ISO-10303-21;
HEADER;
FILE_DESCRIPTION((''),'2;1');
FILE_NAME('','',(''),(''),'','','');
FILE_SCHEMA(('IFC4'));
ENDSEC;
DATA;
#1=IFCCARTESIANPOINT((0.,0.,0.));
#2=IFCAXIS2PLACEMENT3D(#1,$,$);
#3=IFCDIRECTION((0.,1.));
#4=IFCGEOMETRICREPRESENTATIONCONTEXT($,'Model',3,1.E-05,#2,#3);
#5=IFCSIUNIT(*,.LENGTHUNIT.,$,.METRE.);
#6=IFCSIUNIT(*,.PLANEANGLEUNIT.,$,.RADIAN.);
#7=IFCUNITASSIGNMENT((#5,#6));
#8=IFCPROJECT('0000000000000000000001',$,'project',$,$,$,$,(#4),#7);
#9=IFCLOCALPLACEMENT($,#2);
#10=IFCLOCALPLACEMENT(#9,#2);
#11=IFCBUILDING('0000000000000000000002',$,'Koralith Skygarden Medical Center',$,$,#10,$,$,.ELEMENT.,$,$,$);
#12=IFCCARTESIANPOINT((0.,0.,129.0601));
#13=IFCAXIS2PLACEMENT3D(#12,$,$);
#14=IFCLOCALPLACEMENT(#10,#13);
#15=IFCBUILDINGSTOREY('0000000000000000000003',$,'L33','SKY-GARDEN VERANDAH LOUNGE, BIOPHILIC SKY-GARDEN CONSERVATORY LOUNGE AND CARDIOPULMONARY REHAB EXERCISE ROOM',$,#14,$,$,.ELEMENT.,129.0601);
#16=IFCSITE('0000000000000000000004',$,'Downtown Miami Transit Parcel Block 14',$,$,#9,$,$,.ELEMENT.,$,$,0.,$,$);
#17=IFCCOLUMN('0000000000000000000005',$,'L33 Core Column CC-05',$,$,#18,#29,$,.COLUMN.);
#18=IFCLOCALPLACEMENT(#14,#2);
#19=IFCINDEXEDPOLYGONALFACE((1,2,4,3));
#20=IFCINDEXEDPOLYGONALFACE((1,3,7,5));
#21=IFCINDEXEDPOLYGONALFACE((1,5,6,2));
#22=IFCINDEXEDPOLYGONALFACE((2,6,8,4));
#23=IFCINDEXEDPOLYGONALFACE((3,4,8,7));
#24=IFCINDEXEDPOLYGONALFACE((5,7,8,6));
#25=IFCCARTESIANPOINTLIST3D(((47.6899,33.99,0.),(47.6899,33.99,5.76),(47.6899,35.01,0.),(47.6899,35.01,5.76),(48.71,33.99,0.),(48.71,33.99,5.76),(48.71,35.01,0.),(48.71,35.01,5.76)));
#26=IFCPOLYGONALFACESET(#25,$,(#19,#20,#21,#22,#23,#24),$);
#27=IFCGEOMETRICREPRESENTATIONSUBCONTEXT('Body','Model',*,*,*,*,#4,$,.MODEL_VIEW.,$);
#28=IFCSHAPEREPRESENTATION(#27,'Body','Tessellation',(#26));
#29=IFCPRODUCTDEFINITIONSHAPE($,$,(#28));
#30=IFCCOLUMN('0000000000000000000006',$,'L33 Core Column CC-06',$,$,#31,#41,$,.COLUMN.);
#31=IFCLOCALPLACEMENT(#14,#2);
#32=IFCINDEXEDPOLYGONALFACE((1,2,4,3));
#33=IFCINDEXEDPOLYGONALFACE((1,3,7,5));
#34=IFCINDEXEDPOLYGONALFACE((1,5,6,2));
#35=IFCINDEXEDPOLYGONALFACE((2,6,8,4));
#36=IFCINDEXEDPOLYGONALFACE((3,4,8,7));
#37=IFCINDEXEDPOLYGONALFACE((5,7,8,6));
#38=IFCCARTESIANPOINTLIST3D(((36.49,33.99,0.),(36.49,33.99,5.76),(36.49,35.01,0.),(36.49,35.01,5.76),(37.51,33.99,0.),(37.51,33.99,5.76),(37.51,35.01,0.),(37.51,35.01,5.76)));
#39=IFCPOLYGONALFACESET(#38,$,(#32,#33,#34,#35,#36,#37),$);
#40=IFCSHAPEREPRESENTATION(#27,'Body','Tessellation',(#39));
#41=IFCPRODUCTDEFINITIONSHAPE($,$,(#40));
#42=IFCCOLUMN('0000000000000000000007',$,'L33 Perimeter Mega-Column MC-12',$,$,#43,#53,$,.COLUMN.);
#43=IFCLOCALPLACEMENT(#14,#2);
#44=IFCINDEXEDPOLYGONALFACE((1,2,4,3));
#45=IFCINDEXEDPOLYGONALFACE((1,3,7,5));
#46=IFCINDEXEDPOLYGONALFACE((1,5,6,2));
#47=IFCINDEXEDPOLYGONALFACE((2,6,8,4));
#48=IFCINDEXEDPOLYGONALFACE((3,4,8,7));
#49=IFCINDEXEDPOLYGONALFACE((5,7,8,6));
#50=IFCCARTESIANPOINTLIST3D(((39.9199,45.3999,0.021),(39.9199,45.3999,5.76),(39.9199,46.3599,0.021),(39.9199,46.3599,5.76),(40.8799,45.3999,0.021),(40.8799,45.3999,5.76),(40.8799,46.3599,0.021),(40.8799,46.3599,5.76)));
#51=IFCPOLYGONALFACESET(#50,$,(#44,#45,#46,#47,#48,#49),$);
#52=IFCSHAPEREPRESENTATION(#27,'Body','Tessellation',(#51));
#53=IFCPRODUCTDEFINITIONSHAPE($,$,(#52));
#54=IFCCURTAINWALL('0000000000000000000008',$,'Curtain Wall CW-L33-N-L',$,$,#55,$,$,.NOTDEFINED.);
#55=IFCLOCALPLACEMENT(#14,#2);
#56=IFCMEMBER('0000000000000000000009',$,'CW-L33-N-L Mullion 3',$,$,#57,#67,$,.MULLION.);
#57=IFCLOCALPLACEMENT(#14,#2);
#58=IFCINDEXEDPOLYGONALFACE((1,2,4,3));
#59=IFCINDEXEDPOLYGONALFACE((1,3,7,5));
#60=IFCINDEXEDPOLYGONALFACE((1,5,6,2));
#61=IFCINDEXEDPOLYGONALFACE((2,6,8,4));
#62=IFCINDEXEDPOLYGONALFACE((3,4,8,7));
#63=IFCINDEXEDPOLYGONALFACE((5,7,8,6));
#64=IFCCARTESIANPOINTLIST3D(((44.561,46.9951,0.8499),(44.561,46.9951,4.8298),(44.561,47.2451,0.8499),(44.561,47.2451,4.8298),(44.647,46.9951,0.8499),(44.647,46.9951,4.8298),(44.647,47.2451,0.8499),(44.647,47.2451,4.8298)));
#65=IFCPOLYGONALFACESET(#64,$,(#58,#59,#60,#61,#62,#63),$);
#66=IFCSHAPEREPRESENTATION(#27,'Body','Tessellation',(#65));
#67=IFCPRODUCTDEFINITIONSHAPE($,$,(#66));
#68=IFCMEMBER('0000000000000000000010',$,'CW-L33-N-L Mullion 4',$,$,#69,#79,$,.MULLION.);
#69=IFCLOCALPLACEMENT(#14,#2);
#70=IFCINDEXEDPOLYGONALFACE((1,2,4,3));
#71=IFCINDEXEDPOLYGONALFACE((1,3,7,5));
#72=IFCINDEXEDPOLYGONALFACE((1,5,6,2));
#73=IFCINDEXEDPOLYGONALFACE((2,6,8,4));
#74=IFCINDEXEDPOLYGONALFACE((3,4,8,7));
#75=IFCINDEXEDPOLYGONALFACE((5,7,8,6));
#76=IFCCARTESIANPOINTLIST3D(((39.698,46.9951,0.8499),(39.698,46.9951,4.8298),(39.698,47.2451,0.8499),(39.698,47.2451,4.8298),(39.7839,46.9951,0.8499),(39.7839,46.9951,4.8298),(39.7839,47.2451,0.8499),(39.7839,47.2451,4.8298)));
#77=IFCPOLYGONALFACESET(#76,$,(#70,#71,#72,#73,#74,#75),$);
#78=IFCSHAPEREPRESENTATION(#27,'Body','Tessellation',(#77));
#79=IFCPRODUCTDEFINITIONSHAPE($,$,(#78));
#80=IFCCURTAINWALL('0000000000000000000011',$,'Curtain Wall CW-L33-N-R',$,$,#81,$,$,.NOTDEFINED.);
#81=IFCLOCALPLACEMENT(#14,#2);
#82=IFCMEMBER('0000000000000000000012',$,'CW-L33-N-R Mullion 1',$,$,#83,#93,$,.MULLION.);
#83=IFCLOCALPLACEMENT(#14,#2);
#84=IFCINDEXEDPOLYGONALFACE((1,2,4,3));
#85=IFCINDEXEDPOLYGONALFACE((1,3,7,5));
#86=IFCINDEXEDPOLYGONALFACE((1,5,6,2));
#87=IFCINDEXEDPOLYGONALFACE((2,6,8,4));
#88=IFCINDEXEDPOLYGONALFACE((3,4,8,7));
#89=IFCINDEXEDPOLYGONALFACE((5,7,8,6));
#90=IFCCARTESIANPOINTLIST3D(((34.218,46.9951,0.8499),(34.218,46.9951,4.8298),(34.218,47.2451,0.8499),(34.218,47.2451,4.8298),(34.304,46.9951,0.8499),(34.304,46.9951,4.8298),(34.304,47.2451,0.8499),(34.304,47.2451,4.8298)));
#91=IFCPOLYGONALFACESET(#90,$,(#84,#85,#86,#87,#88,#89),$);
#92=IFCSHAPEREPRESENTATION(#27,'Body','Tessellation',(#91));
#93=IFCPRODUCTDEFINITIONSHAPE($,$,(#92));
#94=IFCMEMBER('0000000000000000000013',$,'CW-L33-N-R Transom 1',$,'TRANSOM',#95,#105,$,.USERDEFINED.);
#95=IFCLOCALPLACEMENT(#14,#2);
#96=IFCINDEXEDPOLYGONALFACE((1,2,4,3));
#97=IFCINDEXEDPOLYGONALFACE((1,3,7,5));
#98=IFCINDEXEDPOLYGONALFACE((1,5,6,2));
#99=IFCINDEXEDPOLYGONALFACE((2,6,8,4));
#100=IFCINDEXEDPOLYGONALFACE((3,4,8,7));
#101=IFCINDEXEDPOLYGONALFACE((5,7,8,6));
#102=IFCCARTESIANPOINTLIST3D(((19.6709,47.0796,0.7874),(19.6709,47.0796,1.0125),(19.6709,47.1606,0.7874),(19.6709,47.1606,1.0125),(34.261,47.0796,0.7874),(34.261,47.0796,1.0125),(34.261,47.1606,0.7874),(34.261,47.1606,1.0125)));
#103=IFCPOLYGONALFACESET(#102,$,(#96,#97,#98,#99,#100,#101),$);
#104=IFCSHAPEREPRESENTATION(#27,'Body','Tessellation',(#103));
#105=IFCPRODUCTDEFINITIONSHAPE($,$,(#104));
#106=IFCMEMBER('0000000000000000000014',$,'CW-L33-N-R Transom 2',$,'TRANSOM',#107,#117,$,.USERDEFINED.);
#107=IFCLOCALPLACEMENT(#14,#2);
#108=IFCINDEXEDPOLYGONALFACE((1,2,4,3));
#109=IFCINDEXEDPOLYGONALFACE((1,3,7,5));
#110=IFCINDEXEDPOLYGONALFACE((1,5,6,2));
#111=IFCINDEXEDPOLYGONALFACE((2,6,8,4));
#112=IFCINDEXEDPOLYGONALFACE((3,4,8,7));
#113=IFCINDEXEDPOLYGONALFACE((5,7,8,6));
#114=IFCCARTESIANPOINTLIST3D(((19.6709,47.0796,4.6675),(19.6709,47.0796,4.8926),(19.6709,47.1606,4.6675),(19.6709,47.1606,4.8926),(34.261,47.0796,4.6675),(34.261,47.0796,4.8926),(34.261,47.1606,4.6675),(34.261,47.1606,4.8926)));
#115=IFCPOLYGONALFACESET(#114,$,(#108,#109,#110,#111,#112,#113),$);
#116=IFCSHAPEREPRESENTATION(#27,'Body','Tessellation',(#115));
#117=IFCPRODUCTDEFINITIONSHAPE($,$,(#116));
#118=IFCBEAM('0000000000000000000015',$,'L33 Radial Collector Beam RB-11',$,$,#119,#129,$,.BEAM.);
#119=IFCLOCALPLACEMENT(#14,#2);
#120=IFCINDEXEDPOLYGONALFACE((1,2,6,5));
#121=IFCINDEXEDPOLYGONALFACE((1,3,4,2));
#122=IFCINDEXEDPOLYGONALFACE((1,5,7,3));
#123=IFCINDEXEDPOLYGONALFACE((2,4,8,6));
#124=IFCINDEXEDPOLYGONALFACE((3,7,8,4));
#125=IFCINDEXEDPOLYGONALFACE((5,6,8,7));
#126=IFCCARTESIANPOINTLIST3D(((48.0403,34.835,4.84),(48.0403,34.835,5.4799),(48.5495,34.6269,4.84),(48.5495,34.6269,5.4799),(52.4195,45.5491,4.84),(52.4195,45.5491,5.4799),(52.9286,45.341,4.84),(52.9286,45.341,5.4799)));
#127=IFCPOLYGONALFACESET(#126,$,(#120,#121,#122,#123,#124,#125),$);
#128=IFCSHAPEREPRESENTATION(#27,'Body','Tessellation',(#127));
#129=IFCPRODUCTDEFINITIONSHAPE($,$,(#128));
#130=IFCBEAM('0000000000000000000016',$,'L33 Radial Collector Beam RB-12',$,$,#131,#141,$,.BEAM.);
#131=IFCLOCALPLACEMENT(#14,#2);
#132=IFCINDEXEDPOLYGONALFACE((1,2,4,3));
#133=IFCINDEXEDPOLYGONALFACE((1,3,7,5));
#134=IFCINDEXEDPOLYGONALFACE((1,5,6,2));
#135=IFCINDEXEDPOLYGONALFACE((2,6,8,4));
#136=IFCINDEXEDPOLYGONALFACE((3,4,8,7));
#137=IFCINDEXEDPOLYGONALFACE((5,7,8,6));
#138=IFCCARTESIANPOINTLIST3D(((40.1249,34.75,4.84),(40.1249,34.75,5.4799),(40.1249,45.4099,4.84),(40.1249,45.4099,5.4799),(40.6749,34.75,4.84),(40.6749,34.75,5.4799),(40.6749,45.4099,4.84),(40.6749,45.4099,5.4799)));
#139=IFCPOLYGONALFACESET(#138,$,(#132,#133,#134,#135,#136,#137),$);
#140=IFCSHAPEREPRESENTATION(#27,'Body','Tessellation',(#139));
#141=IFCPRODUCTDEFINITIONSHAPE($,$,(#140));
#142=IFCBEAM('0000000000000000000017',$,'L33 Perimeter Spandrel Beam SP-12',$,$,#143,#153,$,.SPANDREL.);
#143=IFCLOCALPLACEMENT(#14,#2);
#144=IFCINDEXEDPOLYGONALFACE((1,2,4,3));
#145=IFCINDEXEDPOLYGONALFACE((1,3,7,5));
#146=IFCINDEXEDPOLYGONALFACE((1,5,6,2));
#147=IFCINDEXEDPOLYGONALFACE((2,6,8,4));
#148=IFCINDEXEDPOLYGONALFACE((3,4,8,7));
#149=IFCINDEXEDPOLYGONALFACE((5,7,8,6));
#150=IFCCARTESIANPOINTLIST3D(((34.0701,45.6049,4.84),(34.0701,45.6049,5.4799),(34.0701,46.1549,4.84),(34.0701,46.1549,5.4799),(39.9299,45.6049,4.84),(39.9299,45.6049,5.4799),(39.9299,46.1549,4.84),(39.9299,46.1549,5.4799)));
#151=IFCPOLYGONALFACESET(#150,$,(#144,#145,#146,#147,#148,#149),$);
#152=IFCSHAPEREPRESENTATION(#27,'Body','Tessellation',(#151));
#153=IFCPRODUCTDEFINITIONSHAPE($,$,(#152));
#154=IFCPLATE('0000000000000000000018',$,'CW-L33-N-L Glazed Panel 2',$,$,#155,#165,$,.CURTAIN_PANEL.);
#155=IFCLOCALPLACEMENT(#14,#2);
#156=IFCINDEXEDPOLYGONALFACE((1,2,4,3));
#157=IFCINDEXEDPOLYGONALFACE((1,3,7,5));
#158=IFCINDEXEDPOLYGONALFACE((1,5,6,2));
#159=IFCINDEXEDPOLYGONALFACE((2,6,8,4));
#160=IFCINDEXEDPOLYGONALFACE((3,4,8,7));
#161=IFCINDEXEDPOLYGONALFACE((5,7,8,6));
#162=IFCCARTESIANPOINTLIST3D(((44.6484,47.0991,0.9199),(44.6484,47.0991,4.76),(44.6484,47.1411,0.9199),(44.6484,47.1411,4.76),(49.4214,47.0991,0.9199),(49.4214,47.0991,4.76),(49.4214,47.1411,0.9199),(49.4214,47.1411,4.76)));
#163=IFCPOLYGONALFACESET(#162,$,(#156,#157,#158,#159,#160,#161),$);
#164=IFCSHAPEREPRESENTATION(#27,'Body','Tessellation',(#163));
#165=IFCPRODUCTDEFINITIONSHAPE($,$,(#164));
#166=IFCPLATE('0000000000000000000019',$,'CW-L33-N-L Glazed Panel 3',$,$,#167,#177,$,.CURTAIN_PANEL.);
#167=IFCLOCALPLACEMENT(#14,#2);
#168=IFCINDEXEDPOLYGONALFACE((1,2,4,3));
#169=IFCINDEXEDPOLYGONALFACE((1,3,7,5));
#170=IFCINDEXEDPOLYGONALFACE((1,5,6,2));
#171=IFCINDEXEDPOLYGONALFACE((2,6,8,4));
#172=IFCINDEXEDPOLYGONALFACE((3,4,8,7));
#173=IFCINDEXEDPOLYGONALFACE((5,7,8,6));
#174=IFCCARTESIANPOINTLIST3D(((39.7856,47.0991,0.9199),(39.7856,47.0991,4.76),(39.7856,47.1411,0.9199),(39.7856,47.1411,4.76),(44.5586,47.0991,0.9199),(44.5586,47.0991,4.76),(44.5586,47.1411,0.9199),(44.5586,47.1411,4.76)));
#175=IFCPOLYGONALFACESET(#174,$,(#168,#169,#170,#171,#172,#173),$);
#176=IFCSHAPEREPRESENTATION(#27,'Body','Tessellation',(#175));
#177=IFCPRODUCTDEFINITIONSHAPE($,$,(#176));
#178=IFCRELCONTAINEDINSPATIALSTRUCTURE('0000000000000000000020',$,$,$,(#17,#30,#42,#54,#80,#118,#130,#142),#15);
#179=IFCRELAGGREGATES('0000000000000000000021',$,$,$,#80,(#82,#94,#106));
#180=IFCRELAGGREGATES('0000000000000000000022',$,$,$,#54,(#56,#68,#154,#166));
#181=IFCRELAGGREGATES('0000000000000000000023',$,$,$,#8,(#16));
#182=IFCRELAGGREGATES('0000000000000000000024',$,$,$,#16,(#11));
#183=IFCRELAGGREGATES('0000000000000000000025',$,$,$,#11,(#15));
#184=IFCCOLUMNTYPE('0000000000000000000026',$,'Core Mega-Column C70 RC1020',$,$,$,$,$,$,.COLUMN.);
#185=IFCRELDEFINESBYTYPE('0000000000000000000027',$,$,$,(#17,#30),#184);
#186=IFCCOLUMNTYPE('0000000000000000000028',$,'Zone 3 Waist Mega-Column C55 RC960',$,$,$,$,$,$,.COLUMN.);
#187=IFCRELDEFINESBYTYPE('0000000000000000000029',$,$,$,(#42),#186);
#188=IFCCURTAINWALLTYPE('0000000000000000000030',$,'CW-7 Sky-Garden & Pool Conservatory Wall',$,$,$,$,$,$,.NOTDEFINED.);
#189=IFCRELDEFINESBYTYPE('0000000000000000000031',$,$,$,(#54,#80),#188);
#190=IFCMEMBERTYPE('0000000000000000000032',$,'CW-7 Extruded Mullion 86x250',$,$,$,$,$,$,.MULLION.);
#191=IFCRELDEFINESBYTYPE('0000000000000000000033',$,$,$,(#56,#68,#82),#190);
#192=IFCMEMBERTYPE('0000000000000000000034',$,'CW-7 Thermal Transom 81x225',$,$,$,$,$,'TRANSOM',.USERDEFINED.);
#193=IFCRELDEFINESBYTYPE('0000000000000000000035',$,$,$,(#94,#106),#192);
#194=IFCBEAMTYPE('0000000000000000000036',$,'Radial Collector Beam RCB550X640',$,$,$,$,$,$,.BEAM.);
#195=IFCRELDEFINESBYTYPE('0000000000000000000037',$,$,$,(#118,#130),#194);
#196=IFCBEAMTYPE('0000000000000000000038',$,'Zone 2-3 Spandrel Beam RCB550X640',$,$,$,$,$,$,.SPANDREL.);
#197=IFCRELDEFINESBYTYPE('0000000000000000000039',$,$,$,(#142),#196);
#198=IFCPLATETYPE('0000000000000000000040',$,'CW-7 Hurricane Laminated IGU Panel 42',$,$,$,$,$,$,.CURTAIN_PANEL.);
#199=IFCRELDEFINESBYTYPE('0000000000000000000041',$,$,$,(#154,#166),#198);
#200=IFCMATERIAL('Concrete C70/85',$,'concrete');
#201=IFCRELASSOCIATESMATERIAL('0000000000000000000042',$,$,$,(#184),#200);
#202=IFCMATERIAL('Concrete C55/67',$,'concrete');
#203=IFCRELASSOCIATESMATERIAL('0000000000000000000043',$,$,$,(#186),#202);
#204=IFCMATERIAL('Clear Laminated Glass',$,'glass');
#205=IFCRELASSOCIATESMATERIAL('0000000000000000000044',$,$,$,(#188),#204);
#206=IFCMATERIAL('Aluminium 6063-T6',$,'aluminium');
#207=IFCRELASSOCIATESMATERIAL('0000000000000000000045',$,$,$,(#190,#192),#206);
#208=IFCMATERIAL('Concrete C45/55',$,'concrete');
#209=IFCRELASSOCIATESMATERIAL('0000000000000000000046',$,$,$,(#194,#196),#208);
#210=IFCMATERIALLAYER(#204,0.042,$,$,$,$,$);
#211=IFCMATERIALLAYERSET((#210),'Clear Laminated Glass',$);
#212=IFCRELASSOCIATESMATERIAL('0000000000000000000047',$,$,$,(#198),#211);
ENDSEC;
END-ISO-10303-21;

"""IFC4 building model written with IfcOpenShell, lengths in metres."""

from ifc_helpers import new_model, si_unit, direction, frame, origin, origin_2d, place, context, subcontext, project, spatial, rectangle, extrude, material, layer, layer_set, material_profile, profile_set, type_object, element, aggregate, save


model = new_model("IFC4")

# Units and contexts
model_context = context("Model", 3, precision=1e-05, world=origin(), true_north=direction((0.0, 1.0)))
body_context = subcontext(model_context, "Body", "Model", "MODEL_VIEW")
ifc_project = project(units=[si_unit("LENGTHUNIT", "METRE"), si_unit("PLANEANGLEUNIT", "RADIAN")], contexts=[model_context])

# Site, building, storey
site_placement = place(None, origin())
site = spatial("IfcSite", under=ifc_project, at=site_placement, Name="Downtown Miami Transit Parcel Block 14", CompositionType="ELEMENT", RefElevation=0.0)
building_placement = place(site_placement, origin())
building = spatial("IfcBuilding", under=site, at=building_placement, Name="Koralith Skygarden Medical Center", CompositionType="ELEMENT")
storey_placement = place(building_placement, frame((0.0, 0.0, 129.0601)))
storey = spatial("IfcBuildingStorey", under=building, at=storey_placement, Name="L33", Description="SKY-GARDEN VERANDAH LOUNGE, BIOPHILIC SKY-GARDEN CONSERVATORY LOUNGE AND CARDIOPULMONARY REHAB EXERCISE ROOM", CompositionType="ELEMENT", Elevation=129.0601)

# Columns
ifc_material_1 = material(Name="Concrete C70/85", Category="concrete")
ifc_material_profile_1 = material_profile(ifc_material_1, rectangle(XDim=1.02, YDim=1.02, at=origin_2d()), Name="RC1020X1020")
ifc_profile_set_1 = profile_set([ifc_material_profile_1], Name="Concrete C70/85")
column_type_1 = type_object("IfcColumnType", Name="Core Mega-Column C70 RC1020", PredefinedType="COLUMN", material=ifc_profile_set_1)
for number, where, z_axis, x_axis, name in (
    (1, (48.2, 34.5, 0.0), (0.0, 0.0, 1.0), (1.0, 0.0, 0.0), "L33 Core Column CC-05"),
    (2, (37.0, 34.5, 0.0), (0.0, 0.0, 1.0), (1.0, 0.0, 0.0), "L33 Core Column CC-06"),
):
    element("IfcColumn", number, at=place(storey_placement, frame(where, z_axis=z_axis, x_axis=x_axis)), inside=storey, type_object=column_type_1, Name=name, PredefinedType="COLUMN", context=body_context, shape_type="SweptSolid", body=[
        extrude(rectangle(XDim=1.02, YDim=1.02, at=origin_2d()), origin(), (0.0, 0.0, 1.0), 5.76),
    ])
ifc_material_2 = material(Name="Concrete C55/67", Category="concrete")
ifc_material_profile_2 = material_profile(ifc_material_2, rectangle(XDim=0.96, YDim=0.96, at=origin_2d()), Name="RC960X960")
ifc_profile_set_2 = profile_set([ifc_material_profile_2], Name="Concrete C55/67")
column_type_2 = type_object("IfcColumnType", Name="Zone 3 Waist Mega-Column C55 RC960", PredefinedType="COLUMN", material=ifc_profile_set_2)
column_placement = place(storey_placement, frame((40.3999, 45.8799, 0.021), z_axis=(0.0, 0.0, 1.0), x_axis=(1.0, 0.0, 0.0)))
element("IfcColumn", 3, at=column_placement, inside=storey, type_object=column_type_2, Name="L33 Perimeter Mega-Column MC-12", PredefinedType="COLUMN", context=body_context, shape_type="SweptSolid", body=[
    extrude(rectangle(XDim=0.96, YDim=0.96, at=origin_2d()), origin(), (0.0, 0.0, 1.0), 5.739),
])

# Curtain walls, members
ifc_material_3 = material(Name="Clear Laminated Glass", Category="glass")
curtain_wall_type = type_object("IfcCurtainWallType", Name="CW-7 Sky-Garden & Pool Conservatory Wall", PredefinedType="NOTDEFINED", material=ifc_material_3)
curtain_wall_1_placement = place(storey_placement, origin())
curtain_wall_1 = element("IfcCurtainWall", 4, at=curtain_wall_1_placement, inside=storey, type_object=curtain_wall_type, Name="Curtain Wall CW-L33-N-L", PredefinedType="NOTDEFINED")
ifc_material_4 = material(Name="Aluminium 6063-T6", Category="aluminium")
ifc_material_profile_3 = material_profile(ifc_material_4, rectangle(XDim=0.0859, YDim=0.25, at=origin_2d()), Name="MUL86X250")
ifc_profile_set_3 = profile_set([ifc_material_profile_3], Name="Aluminium 6063-T6")
member_type_1 = type_object("IfcMemberType", Name="CW-7 Extruded Mullion 86x250", PredefinedType="MULLION", material=ifc_profile_set_3)
member_1_placement = place(storey_placement, frame((44.604, 47.1201, 0.8499), z_axis=(0.0, 0.0, 1.0), x_axis=(1.0, 0.0, 0.0)))
member_1 = element("IfcMember", 5, at=member_1_placement, type_object=member_type_1, Name="CW-L33-N-L Mullion 3", PredefinedType="MULLION", context=body_context, shape_type="SweptSolid", body=[
    extrude(rectangle(XDim=0.0859, YDim=0.25, at=origin_2d()), origin(), (0.0, 0.0, 1.0), 3.98),
])
member_2_placement = place(storey_placement, frame((39.741, 47.1201, 0.8499), z_axis=(0.0, 0.0, 1.0), x_axis=(1.0, 0.0, 0.0)))
member_2 = element("IfcMember", 6, at=member_2_placement, type_object=member_type_1, Name="CW-L33-N-L Mullion 4", PredefinedType="MULLION", context=body_context, shape_type="SweptSolid", body=[
    extrude(rectangle(XDim=0.0859, YDim=0.25, at=origin_2d()), origin(), (0.0, 0.0, 1.0), 3.98),
])
curtain_wall_2_placement = place(storey_placement, origin())
curtain_wall_2 = element("IfcCurtainWall", 7, at=curtain_wall_2_placement, inside=storey, type_object=curtain_wall_type, Name="Curtain Wall CW-L33-N-R", PredefinedType="NOTDEFINED")
member_3_placement = place(storey_placement, frame((34.261, 47.1201, 0.8499), z_axis=(0.0, 0.0, 1.0), x_axis=(1.0, 0.0, 0.0)))
member_3 = element("IfcMember", 8, at=member_3_placement, type_object=member_type_1, Name="CW-L33-N-R Mullion 1", PredefinedType="MULLION", context=body_context, shape_type="SweptSolid", body=[
    extrude(rectangle(XDim=0.0859, YDim=0.25, at=origin_2d()), origin(), (0.0, 0.0, 1.0), 3.98),
])
ifc_material_profile_4 = material_profile(ifc_material_4, rectangle(XDim=0.0811, YDim=0.2251, at=origin_2d()), Name="TRN81X225")
ifc_profile_set_4 = profile_set([ifc_material_profile_4], Name="Aluminium 6063-T6")
member_type_2 = type_object("IfcMemberType", Name="CW-7 Thermal Transom 81x225", ElementType="TRANSOM", PredefinedType="USERDEFINED", material=ifc_profile_set_4)
member_4_placement = place(storey_placement, frame((34.261, 47.1201, 0.8999), z_axis=(-1.0, 0.0, 0.0), x_axis=(0.0, -1.0, 0.0)))
member_4 = element("IfcMember", 9, at=member_4_placement, type_object=member_type_2, Name="CW-L33-N-R Transom 1", ObjectType="TRANSOM", PredefinedType="USERDEFINED", context=body_context, shape_type="SweptSolid", body=[
    extrude(rectangle(XDim=0.0811, YDim=0.2251, at=origin_2d()), origin(), (0.0, 0.0, 1.0), 14.5901),
])
member_5_placement = place(storey_placement, frame((34.261, 47.1201, 4.78), z_axis=(-1.0, 0.0, 0.0), x_axis=(0.0, -1.0, 0.0)))
member_5 = element("IfcMember", 10, at=member_5_placement, type_object=member_type_2, Name="CW-L33-N-R Transom 2", ObjectType="TRANSOM", PredefinedType="USERDEFINED", context=body_context, shape_type="SweptSolid", body=[
    extrude(rectangle(XDim=0.0811, YDim=0.2251, at=origin_2d()), origin(), (0.0, 0.0, 1.0), 14.5901),
])
aggregate(curtain_wall_2, [member_3, member_4, member_5])

# Beams
ifc_material_5 = material(Name="Concrete C45/55", Category="concrete")
ifc_material_profile_5 = material_profile(ifc_material_5, rectangle(XDim=0.55, YDim=0.6399, at=origin_2d()), Name="RCB550X640")
ifc_profile_set_5 = profile_set([ifc_material_profile_5], Name="Concrete C45/55")
beam_type_1 = type_object("IfcBeamType", Name="Radial Collector Beam RCB550X640", PredefinedType="BEAM", material=ifc_profile_set_5)
beam_1_placement = place(storey_placement, frame((48.2949, 34.731, 5.1599), z_axis=(0.378345, 0.925665, 0.0), x_axis=(-0.925665, 0.378345, 0.0)))
element("IfcBeam", 11, at=beam_1_placement, inside=storey, type_object=beam_type_1, Name="L33 Radial Collector Beam RB-11", PredefinedType="BEAM", context=body_context, shape_type="SweptSolid", body=[
    extrude(rectangle(XDim=0.55, YDim=0.6399, at=origin_2d()), origin(), (0.0, 0.0, 1.0), 11.5745),
])
beam_2_placement = place(storey_placement, frame((40.3999, 34.75, 5.1599), z_axis=(0.0, 1.0, 0.0), x_axis=(-1.0, 0.0, 0.0)))
element("IfcBeam", 12, at=beam_2_placement, inside=storey, type_object=beam_type_1, Name="L33 Radial Collector Beam RB-12", PredefinedType="BEAM", context=body_context, shape_type="SweptSolid", body=[
    extrude(rectangle(XDim=0.55, YDim=0.6399, at=origin_2d()), origin(), (0.0, 0.0, 1.0), 10.6599),
])
ifc_material_profile_6 = material_profile(ifc_material_5, rectangle(XDim=0.55, YDim=0.6399, at=origin_2d()), Name="RCB550X640")
ifc_profile_set_6 = profile_set([ifc_material_profile_6], Name="Concrete C45/55")
beam_type_2 = type_object("IfcBeamType", Name="Zone 2-3 Spandrel Beam RCB550X640", PredefinedType="SPANDREL", material=ifc_profile_set_6)
beam_3_placement = place(storey_placement, frame((39.9299, 45.8799, 5.1599), z_axis=(-1.0, 0.0, 0.0), x_axis=(0.0, -1.0, 0.0)))
element("IfcBeam", 13, at=beam_3_placement, inside=storey, type_object=beam_type_2, Name="L33 Perimeter Spandrel Beam SP-12", PredefinedType="SPANDREL", context=body_context, shape_type="SweptSolid", body=[
    extrude(rectangle(XDim=0.55, YDim=0.6399, at=origin_2d()), origin(), (0.0, 0.0, 1.0), 5.8599),
])

# Plates
ifc_layer_1 = layer(ifc_material_3, 0.042)
ifc_layer_set_1 = layer_set([ifc_layer_1], Name="Clear Laminated Glass")
plate_type = type_object("IfcPlateType", Name="CW-7 Hurricane Laminated IGU Panel 42", PredefinedType="CURTAIN_PANEL", material=ifc_layer_set_1)
plate_1_placement = place(storey_placement, frame((47.0349, 47.1201, 0.9199), z_axis=(0.0, 0.0, 1.0), x_axis=(-1.0, 0.0, 0.0)))
plate_1 = element("IfcPlate", 14, at=plate_1_placement, type_object=plate_type, Name="CW-L33-N-L Glazed Panel 2", PredefinedType="CURTAIN_PANEL", context=body_context, shape_type="SweptSolid", body=[
    extrude(rectangle(XDim=4.7729, YDim=0.042, at=origin_2d()), origin(), (0.0, 0.0, 1.0), 3.8401),
])
plate_2_placement = place(storey_placement, frame((42.1721, 47.1201, 0.9199), z_axis=(0.0, 0.0, 1.0), x_axis=(-1.0, 0.0, 0.0)))
plate_2 = element("IfcPlate", 15, at=plate_2_placement, type_object=plate_type, Name="CW-L33-N-L Glazed Panel 3", PredefinedType="CURTAIN_PANEL", context=body_context, shape_type="SweptSolid", body=[
    extrude(rectangle(XDim=4.7729, YDim=0.042, at=origin_2d()), origin(), (0.0, 0.0, 1.0), 3.8401),
])
aggregate(curtain_wall_1, [member_1, member_2, plate_1, plate_2])

save(model, "model.ifc")
